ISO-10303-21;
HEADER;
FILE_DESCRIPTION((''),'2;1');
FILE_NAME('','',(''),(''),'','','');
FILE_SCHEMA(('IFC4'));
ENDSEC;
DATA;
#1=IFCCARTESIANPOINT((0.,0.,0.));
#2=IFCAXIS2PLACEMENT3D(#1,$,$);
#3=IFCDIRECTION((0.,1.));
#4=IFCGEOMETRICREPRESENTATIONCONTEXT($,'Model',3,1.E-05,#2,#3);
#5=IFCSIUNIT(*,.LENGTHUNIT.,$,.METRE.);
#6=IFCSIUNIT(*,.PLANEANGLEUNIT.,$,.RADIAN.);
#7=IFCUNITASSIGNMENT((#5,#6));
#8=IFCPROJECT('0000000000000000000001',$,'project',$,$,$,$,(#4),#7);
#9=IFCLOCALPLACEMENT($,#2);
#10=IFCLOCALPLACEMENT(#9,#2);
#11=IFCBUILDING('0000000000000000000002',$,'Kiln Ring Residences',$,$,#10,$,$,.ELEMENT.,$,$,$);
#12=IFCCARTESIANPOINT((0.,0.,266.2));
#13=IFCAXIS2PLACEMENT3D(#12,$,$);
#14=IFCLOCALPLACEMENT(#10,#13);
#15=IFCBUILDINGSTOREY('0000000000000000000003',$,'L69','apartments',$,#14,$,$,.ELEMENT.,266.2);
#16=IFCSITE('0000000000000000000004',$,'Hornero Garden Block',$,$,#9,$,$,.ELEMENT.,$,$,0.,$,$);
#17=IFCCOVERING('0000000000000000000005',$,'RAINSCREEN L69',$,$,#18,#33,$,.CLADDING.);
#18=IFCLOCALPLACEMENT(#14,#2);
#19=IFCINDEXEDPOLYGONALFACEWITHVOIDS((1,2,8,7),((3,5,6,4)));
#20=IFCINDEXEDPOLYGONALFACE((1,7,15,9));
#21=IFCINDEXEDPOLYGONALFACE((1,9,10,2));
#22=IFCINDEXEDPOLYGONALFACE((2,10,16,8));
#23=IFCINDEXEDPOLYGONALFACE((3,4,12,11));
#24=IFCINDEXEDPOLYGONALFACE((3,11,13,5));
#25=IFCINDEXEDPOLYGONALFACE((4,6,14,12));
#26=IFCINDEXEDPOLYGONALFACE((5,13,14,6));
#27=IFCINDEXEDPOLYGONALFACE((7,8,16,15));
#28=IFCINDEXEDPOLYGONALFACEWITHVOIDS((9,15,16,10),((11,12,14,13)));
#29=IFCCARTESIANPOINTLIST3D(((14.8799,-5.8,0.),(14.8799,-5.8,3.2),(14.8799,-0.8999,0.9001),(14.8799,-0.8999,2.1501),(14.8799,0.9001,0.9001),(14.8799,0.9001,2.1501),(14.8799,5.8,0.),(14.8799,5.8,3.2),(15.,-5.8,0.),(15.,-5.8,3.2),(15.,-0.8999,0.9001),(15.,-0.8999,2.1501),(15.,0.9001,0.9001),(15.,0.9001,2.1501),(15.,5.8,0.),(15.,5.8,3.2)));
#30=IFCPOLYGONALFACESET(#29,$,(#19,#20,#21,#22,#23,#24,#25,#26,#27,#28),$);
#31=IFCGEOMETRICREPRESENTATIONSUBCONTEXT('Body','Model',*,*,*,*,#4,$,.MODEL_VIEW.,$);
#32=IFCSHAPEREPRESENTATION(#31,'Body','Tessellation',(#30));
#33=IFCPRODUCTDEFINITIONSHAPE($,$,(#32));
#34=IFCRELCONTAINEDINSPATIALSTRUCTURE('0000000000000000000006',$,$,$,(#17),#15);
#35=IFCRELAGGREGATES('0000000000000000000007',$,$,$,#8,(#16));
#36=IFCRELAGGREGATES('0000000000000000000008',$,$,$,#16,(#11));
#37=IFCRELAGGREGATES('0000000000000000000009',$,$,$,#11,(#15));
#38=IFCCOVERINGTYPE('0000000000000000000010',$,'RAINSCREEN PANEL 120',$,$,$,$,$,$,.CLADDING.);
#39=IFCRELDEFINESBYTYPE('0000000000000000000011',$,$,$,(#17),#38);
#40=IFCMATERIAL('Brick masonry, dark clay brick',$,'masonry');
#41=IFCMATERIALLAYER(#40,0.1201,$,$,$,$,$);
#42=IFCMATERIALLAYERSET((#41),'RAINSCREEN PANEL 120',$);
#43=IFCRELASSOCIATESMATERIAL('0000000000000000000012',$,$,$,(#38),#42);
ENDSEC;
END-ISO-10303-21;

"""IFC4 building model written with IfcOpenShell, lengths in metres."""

from ifc_helpers import new_model, si_unit, direction, frame, origin, place, context, subcontext, project, spatial, polyline, outline, extrude, material, layer, layer_set, type_object, element, save


model = new_model("IFC4")

# Units and contexts
model_context = context("Model", 3, precision=1e-05, world=origin(), true_north=direction((0.0, 1.0)))
body_context = subcontext(model_context, "Body", "Model", "MODEL_VIEW")
ifc_project = project(units=[si_unit("LENGTHUNIT", "METRE"), si_unit("PLANEANGLEUNIT", "RADIAN")], contexts=[model_context])

# Site, building, storey
site_placement = place(None, origin())
site = spatial("IfcSite", under=ifc_project, at=site_placement, Name="Hornero Garden Block", CompositionType="ELEMENT", RefElevation=0.0)
building_placement = place(site_placement, origin())
building = spatial("IfcBuilding", under=site, at=building_placement, Name="Kiln Ring Residences", CompositionType="ELEMENT")
storey_placement = place(building_placement, frame((0.0, 0.0, 266.2)))
storey = spatial("IfcBuildingStorey", under=building, at=storey_placement, Name="L69", Description="apartments", CompositionType="ELEMENT", Elevation=266.2)

# Covering
ifc_material_1 = material(Name="Brick masonry, dark clay brick", Category="masonry")
ifc_layer_1 = layer(ifc_material_1, 0.1201)
ifc_layer_set_1 = layer_set([ifc_layer_1], Name="RAINSCREEN PANEL 120")
covering_type_1 = type_object("IfcCoveringType", Name="RAINSCREEN PANEL 120", PredefinedType="CLADDING", material=ifc_layer_set_1)
covering_1_placement = place(storey_placement, frame((14.9399, 5.8, 0.0), z_axis=(0.0, 0.0, 1.0), x_axis=(0.0, -1.0, 0.0)))
element("IfcCovering", 1, at=covering_1_placement, inside=storey, type_object=covering_type_1, Name="RAINSCREEN L69", PredefinedType="CLADDING", context=body_context, shape_type="SweptSolid", body=[
    extrude(outline(polyline([(0.0, 0.0), (11.6001, 0.0), (11.6001, 3.2), (0.0, 3.2), (0.0, 0.0)]), holes=[polyline([(4.8999, 2.1501), (4.8999, 0.9001), (6.7, 0.9001), (6.7, 2.1501), (4.8999, 2.1501)])]), frame((0.0, 0.0601, 0.0), z_axis=(0.0, -1.0, 0.0), x_axis=(1.0, 0.0, 0.0)), (0.0, 0.0, 1.0), 0.1201),
])

save(model, "model.ifc")
